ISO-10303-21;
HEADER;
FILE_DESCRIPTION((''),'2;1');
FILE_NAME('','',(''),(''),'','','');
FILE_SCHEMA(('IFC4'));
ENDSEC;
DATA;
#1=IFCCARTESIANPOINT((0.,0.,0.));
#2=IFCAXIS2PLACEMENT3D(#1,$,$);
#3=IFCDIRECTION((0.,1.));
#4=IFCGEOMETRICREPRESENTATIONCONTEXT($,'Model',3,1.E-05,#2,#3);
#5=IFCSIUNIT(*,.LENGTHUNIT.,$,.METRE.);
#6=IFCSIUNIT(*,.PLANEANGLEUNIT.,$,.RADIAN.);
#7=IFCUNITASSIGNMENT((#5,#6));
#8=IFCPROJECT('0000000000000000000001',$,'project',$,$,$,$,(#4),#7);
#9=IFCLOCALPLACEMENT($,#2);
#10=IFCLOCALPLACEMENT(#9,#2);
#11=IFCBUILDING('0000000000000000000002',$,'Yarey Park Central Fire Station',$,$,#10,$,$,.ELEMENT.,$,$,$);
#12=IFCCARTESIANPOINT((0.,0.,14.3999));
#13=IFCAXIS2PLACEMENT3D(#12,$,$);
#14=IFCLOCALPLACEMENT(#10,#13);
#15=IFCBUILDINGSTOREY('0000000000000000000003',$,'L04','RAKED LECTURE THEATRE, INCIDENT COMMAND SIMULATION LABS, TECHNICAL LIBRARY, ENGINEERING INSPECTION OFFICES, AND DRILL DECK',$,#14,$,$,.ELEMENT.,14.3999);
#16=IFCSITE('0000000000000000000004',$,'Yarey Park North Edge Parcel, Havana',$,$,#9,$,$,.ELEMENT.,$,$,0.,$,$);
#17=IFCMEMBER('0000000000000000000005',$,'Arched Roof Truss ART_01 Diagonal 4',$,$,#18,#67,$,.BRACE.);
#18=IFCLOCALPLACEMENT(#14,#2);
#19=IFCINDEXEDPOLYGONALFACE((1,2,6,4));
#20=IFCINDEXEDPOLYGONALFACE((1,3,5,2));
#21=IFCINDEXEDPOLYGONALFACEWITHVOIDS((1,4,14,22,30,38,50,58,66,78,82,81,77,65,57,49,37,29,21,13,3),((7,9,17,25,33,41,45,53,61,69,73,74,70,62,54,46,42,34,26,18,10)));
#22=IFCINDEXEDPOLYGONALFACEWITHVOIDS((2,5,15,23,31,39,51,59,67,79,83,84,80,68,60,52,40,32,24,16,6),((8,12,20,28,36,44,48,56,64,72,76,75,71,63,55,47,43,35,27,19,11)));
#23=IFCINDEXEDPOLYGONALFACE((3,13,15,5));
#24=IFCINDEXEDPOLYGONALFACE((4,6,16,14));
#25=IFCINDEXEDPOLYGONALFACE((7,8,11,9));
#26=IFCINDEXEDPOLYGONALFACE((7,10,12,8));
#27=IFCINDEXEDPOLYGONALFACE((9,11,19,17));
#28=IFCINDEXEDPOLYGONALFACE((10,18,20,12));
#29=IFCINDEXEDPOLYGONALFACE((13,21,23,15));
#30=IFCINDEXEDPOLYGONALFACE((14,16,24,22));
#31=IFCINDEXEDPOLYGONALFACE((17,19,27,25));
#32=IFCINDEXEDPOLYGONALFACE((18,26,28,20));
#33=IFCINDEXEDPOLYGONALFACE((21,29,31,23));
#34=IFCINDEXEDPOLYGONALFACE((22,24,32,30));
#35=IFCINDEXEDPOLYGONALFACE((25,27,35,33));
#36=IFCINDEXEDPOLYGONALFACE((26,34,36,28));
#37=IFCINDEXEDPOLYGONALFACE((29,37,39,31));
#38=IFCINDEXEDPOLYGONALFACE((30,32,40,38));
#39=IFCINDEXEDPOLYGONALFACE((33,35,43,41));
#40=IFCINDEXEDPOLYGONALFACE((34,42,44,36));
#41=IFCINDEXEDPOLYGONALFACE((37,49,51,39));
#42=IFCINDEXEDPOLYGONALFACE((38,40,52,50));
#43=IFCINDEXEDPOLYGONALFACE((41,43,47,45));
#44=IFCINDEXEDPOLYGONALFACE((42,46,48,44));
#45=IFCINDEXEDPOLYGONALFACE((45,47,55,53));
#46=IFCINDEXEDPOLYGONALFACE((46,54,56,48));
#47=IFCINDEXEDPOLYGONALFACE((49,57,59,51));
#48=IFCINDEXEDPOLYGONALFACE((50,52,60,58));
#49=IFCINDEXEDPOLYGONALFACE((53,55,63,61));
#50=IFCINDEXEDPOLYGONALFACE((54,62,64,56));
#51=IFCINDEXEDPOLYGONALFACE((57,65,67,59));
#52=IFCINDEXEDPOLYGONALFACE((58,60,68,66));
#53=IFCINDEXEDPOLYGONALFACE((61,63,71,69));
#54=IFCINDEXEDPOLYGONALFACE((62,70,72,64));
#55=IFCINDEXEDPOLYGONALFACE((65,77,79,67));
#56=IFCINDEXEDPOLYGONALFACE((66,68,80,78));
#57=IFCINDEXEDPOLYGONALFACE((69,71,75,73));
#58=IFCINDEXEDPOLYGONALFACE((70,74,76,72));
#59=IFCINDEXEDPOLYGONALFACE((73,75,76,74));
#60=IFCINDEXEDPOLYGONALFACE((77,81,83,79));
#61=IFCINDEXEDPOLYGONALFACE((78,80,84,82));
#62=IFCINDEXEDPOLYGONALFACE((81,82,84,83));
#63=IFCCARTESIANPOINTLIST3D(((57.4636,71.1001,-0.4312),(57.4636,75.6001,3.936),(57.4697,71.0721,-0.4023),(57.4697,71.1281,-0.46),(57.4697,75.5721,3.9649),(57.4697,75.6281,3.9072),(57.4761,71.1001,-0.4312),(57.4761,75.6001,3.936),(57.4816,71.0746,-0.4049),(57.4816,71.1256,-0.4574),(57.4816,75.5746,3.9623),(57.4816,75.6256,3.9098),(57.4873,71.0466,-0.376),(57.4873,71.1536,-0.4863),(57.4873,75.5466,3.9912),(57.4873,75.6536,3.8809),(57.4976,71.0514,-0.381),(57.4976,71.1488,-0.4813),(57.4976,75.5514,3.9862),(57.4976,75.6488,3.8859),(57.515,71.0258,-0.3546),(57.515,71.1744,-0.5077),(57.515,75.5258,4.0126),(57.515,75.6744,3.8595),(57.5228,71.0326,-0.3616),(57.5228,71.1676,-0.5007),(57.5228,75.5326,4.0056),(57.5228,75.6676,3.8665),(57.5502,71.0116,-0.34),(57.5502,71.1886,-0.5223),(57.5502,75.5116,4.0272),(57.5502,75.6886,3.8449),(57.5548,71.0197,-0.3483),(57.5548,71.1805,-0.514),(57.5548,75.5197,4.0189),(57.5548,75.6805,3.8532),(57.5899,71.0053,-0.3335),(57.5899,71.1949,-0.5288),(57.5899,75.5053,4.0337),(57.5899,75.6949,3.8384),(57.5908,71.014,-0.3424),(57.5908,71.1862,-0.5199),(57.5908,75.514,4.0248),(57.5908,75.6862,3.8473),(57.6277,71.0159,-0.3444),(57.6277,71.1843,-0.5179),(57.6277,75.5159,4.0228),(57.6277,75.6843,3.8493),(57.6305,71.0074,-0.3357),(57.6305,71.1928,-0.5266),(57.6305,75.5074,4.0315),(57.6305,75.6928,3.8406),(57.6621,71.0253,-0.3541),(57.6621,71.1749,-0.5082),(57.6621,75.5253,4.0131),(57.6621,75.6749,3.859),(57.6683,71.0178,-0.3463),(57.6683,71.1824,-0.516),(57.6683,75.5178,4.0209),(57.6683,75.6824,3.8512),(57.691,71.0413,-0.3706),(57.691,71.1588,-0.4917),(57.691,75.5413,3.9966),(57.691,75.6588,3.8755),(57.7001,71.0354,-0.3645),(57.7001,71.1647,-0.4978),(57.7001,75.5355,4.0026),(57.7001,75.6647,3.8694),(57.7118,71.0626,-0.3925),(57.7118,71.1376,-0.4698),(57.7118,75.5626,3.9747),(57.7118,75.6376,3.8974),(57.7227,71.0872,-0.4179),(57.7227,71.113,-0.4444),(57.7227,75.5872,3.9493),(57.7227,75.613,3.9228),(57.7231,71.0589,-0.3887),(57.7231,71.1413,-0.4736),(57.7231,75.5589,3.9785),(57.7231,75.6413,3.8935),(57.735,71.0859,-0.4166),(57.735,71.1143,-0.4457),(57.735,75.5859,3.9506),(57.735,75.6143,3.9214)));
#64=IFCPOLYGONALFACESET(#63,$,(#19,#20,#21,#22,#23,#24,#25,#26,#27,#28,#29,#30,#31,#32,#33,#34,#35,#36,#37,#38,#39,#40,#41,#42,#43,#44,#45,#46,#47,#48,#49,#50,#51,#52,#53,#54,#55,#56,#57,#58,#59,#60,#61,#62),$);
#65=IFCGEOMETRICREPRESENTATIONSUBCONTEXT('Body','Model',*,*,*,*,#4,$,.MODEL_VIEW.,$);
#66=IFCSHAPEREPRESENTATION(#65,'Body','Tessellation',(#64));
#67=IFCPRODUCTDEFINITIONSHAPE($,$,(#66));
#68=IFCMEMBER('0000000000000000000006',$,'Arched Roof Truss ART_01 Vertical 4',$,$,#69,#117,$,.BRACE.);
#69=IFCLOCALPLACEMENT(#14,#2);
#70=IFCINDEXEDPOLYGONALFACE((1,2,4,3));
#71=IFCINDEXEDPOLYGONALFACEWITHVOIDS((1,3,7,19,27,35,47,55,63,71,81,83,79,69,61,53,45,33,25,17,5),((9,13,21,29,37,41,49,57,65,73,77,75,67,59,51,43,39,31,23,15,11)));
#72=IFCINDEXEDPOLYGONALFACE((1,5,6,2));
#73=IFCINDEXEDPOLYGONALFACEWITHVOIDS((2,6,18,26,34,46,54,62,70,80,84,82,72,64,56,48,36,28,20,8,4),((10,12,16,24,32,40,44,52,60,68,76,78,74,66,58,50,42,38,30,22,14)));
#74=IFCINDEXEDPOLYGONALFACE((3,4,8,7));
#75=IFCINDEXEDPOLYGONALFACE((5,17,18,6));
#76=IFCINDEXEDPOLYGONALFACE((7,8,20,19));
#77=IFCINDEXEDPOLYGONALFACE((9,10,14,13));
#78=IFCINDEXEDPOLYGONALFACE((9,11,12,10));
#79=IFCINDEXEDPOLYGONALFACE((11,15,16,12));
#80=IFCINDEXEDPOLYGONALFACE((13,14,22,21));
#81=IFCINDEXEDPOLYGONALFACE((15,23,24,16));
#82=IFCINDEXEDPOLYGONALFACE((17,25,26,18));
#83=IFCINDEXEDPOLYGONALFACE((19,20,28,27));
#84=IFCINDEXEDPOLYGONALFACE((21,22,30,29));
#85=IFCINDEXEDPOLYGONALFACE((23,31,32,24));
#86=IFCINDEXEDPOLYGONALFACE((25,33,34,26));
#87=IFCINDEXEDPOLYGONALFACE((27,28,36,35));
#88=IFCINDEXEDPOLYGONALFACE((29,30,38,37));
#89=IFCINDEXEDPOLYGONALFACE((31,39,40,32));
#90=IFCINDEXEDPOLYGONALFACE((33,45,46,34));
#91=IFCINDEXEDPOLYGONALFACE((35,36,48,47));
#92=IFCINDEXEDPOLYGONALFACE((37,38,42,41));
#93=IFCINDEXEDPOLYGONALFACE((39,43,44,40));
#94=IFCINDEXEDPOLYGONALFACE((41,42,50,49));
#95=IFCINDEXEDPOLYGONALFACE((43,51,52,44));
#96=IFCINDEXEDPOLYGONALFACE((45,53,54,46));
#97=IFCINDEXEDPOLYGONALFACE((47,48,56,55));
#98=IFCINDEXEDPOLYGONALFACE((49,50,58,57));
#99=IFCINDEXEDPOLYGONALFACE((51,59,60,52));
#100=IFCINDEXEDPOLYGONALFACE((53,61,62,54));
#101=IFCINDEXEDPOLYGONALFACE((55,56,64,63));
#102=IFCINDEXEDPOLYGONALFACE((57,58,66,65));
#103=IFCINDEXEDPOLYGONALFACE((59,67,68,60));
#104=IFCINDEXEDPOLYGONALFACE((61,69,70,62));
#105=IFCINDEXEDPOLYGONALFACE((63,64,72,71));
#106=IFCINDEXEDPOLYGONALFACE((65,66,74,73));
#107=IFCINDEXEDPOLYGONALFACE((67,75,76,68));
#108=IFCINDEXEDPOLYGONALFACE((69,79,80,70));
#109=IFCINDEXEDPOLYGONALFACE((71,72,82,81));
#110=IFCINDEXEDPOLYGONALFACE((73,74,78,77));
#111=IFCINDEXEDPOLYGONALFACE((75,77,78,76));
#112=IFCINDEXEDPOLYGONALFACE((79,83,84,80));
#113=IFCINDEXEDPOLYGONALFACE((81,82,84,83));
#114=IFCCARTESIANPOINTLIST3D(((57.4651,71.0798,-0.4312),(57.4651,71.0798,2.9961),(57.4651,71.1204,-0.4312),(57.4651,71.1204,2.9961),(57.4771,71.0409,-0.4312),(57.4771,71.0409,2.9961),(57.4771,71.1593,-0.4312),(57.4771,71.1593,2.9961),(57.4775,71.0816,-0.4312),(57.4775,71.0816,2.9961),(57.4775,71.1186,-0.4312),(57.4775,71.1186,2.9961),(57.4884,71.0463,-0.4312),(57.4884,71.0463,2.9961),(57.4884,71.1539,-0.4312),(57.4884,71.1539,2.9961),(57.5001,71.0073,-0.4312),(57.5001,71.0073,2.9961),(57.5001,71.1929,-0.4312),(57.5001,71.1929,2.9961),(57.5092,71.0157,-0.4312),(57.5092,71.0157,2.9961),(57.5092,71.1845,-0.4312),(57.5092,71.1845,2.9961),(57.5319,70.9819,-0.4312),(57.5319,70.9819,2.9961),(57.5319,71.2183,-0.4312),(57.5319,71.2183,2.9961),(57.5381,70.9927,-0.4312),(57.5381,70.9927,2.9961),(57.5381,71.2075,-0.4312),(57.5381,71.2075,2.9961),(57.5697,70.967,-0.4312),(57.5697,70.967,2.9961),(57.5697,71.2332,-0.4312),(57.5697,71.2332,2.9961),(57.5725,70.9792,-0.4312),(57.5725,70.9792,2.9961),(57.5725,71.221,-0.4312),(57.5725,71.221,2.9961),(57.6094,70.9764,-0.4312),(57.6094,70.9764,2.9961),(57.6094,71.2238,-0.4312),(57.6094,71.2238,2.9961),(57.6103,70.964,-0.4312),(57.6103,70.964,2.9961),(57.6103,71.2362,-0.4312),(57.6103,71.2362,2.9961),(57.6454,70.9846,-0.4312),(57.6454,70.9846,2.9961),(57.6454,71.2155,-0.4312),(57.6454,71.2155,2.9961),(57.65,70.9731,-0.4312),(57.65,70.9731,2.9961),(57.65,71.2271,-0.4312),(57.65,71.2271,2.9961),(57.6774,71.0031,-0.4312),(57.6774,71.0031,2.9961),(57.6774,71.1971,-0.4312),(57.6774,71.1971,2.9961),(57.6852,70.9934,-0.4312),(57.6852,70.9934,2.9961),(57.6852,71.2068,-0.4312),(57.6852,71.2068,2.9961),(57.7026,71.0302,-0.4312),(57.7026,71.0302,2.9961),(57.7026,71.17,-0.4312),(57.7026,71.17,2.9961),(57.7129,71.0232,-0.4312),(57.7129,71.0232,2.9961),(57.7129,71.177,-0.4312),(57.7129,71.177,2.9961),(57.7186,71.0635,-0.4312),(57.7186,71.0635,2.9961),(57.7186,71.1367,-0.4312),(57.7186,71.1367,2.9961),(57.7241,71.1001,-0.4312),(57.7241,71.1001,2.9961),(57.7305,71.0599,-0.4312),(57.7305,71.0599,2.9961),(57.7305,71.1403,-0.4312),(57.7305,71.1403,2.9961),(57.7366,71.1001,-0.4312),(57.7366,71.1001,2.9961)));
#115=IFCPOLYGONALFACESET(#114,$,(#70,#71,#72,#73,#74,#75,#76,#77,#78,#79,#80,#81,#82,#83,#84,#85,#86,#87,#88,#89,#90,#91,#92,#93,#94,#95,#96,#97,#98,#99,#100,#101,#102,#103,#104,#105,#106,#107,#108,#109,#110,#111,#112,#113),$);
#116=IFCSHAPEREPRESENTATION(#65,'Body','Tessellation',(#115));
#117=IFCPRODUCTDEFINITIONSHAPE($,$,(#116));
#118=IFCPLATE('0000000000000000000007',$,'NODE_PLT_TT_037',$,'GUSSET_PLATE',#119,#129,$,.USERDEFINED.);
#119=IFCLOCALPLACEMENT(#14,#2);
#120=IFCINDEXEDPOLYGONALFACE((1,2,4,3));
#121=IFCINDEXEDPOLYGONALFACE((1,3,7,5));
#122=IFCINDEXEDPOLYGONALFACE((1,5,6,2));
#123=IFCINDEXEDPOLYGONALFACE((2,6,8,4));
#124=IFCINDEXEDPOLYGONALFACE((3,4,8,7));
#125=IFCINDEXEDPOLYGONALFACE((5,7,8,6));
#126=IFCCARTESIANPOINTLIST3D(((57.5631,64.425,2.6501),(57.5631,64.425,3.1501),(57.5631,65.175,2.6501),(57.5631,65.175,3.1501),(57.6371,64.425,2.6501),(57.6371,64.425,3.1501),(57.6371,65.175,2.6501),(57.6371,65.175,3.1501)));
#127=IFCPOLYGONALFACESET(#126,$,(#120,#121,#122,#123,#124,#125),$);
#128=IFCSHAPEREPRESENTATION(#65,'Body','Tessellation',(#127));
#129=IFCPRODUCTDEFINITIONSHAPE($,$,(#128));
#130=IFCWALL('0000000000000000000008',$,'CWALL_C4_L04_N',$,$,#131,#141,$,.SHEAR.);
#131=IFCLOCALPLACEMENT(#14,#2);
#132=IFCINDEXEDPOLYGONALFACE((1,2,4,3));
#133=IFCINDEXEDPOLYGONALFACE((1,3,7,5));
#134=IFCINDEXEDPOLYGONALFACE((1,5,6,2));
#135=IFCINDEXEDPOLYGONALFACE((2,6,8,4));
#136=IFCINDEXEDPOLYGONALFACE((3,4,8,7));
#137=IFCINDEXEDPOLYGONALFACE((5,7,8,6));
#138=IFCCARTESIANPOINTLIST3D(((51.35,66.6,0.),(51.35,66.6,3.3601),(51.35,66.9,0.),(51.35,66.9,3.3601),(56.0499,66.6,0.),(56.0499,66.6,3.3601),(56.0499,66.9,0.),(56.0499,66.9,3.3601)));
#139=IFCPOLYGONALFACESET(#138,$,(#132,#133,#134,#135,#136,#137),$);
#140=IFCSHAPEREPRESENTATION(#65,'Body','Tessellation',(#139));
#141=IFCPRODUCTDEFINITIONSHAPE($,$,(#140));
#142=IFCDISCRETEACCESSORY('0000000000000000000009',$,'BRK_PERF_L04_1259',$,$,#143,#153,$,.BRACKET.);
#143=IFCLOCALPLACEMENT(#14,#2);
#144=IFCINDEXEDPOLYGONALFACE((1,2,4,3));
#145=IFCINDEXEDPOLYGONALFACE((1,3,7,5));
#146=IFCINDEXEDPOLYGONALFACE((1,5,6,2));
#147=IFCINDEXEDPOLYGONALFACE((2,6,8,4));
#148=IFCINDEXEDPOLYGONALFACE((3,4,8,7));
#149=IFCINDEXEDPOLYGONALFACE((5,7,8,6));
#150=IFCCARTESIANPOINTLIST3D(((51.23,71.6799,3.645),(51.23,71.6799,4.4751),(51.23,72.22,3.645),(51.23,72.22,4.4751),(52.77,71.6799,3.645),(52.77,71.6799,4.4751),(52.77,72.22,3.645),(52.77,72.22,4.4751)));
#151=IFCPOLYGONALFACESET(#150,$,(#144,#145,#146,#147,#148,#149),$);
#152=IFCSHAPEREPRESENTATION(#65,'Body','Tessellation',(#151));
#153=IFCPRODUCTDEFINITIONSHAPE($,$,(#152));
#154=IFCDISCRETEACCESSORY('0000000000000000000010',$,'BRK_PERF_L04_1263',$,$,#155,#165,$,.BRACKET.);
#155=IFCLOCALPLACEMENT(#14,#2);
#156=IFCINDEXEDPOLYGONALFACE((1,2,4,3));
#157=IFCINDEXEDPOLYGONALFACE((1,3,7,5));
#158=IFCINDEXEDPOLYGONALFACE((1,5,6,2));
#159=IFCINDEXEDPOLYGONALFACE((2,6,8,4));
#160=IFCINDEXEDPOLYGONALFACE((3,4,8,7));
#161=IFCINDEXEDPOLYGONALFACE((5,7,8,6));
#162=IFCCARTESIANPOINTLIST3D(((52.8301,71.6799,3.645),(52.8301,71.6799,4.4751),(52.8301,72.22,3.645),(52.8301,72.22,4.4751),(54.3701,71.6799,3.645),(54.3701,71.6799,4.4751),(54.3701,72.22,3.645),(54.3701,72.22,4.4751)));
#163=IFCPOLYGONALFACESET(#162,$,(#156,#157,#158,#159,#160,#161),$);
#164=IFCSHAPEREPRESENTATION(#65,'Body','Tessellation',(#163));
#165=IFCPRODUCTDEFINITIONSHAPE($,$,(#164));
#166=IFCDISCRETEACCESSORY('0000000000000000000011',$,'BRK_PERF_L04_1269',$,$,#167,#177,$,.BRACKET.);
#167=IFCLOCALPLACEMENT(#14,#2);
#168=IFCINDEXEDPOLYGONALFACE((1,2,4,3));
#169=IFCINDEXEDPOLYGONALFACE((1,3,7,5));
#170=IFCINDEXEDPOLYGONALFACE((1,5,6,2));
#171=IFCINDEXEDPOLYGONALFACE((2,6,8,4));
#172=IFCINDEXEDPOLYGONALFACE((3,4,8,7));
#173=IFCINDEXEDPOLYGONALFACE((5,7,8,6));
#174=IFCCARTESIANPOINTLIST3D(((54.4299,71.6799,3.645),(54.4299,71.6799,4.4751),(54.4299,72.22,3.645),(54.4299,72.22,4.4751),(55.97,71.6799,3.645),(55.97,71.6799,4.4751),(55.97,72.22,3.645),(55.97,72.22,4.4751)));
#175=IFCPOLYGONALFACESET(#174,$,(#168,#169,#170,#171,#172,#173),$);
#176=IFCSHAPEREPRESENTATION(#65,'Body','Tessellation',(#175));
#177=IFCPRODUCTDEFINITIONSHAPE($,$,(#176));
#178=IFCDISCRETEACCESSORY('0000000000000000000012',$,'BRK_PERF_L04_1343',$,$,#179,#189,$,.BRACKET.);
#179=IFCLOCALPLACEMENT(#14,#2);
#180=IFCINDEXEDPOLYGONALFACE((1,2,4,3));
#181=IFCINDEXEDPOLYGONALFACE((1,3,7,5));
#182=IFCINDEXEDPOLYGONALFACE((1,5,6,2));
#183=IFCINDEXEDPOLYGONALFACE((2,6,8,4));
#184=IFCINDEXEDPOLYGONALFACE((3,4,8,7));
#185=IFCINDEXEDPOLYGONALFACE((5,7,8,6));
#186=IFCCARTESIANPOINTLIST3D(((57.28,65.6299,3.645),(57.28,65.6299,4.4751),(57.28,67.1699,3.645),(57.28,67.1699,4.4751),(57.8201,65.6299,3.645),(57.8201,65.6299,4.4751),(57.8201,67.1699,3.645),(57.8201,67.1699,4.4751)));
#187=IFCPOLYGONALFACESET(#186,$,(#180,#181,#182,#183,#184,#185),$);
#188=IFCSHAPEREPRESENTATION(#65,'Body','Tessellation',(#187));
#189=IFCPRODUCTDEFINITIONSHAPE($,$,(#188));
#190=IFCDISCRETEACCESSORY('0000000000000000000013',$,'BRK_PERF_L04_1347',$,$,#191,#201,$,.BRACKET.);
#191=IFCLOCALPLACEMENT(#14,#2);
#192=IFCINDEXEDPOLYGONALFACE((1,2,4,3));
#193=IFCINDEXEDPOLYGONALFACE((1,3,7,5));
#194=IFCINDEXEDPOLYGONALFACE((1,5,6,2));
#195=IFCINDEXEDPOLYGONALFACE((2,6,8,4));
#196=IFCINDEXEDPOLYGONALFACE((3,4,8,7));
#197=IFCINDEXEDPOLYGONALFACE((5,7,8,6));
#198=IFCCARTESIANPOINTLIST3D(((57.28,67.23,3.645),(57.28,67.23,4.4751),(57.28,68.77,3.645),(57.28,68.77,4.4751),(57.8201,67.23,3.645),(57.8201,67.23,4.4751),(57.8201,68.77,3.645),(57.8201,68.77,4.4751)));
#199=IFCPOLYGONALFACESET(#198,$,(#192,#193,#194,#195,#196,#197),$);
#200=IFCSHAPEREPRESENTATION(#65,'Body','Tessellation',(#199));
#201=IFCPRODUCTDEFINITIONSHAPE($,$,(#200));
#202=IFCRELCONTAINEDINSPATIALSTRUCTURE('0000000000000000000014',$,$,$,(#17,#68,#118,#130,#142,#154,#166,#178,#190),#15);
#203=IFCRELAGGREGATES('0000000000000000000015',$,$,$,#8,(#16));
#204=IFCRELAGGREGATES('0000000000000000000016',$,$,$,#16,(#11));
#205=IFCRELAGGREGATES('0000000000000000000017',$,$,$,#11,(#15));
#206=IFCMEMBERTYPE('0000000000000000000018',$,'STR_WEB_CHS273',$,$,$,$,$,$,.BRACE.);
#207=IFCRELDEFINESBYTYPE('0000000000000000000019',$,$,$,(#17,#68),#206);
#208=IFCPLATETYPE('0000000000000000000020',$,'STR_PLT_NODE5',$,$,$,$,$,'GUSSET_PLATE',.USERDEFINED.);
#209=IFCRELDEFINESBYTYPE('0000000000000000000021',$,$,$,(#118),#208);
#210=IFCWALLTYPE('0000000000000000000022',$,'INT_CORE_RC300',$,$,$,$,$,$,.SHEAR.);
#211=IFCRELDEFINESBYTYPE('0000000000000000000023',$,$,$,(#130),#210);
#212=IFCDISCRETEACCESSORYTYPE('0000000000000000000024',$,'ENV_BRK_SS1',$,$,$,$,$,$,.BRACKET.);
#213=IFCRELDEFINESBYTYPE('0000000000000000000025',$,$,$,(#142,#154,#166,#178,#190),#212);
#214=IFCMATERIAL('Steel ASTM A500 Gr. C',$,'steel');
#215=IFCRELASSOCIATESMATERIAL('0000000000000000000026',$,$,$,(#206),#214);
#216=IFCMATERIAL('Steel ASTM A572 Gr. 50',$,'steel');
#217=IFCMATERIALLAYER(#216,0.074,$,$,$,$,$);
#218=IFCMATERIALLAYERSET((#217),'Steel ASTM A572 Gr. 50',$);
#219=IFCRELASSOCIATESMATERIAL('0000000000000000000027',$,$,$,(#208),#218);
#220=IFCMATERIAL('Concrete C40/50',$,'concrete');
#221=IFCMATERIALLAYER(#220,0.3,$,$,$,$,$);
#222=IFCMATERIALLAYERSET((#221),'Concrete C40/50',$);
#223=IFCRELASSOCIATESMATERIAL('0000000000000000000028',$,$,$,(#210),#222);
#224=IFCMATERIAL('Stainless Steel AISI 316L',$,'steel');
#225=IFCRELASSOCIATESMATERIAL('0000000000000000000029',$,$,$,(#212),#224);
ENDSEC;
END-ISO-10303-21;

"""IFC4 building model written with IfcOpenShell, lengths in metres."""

from ifc_helpers import new_model, si_unit, direction, frame, frame_2d, origin, origin_2d, place, context, subcontext, project, spatial, rectangle, hollow_circle, extrude, material, layer, layer_set, material_profile, profile_set, type_object, element, save


model = new_model("IFC4")

# Units and contexts
model_context = context("Model", 3, precision=1e-05, world=origin(), true_north=direction((0.0, 1.0)))
body_context = subcontext(model_context, "Body", "Model", "MODEL_VIEW")
ifc_project = project(units=[si_unit("LENGTHUNIT", "METRE"), si_unit("PLANEANGLEUNIT", "RADIAN")], contexts=[model_context])

# Site, building, storey
site_placement = place(None, origin())
site = spatial("IfcSite", under=ifc_project, at=site_placement, Name="Yarey Park North Edge Parcel, Havana", CompositionType="ELEMENT", RefElevation=0.0)
building_placement = place(site_placement, origin())
building = spatial("IfcBuilding", under=site, at=building_placement, Name="Yarey Park Central Fire Station", CompositionType="ELEMENT")
storey_placement = place(building_placement, frame((0.0, 0.0, 14.3999)))
storey = spatial("IfcBuildingStorey", under=building, at=storey_placement, Name="L04", Description="RAKED LECTURE THEATRE, INCIDENT COMMAND SIMULATION LABS, TECHNICAL LIBRARY, ENGINEERING INSPECTION OFFICES, AND DRILL DECK", CompositionType="ELEMENT", Elevation=14.3999)

# Members
ifc_material_1 = material(Name="Steel ASTM A500 Gr. C", Category="steel")
ifc_material_profile_1 = material_profile(ifc_material_1, hollow_circle(Radius=0.1365, WallThickness=0.0125, at=origin_2d()), Name="CHS 273x12.5")
ifc_profile_set_1 = profile_set([ifc_material_profile_1], Name="Steel ASTM A500 Gr. C")
member_type_1 = type_object("IfcMemberType", Name="STR_WEB_CHS273", PredefinedType="BRACE", material=ifc_profile_set_1)
member_1_placement = place(storey_placement, frame((57.6001, 71.1001, -0.4312), z_axis=(0.0, 0.717617, 0.696438), x_axis=(-1.0, 0.0, 0.0)))
element("IfcMember", 1, at=member_1_placement, inside=storey, type_object=member_type_1, Name="Arched Roof Truss ART_01 Diagonal 4", PredefinedType="BRACE", context=body_context, shape_type="SweptSolid", body=[
    extrude(hollow_circle(Radius=0.1365, WallThickness=0.0125, at=origin_2d()), origin(), (0.0, 0.0, 1.0), 6.2708),
])
member_2_placement = place(storey_placement, frame((57.6001, 71.1001, -0.4312), z_axis=(0.0, 0.0, 1.0), x_axis=(1.0, 0.0, 0.0)))
element("IfcMember", 2, at=member_2_placement, inside=storey, type_object=member_type_1, Name="Arched Roof Truss ART_01 Vertical 4", PredefinedType="BRACE", context=body_context, shape_type="SweptSolid", body=[
    extrude(hollow_circle(Radius=0.1365, WallThickness=0.0125, at=origin_2d()), origin(), (0.0, 0.0, 1.0), 3.4272),
])

# Plate
ifc_material_2 = material(Name="Steel ASTM A572 Gr. 50", Category="steel")
ifc_layer_1 = layer(ifc_material_2, 0.074)
ifc_layer_set_1 = layer_set([ifc_layer_1], Name="Steel ASTM A572 Gr. 50")
plate_type = type_object("IfcPlateType", Name="STR_PLT_NODE5", ElementType="GUSSET_PLATE", PredefinedType="USERDEFINED", material=ifc_layer_set_1)
plate_placement = place(storey_placement, frame((57.6001, 64.8, 2.6501), z_axis=(0.0, 0.0, 1.0), x_axis=(1.0, 0.0, 0.0)))
element("IfcPlate", 3, at=plate_placement, inside=storey, type_object=plate_type, Name="NODE_PLT_TT_037", ObjectType="GUSSET_PLATE", PredefinedType="USERDEFINED", context=body_context, shape_type="SweptSolid", body=[
    extrude(rectangle(XDim=0.074, YDim=0.75, at=origin_2d()), origin(), (0.0, 0.0, 1.0), 0.5),
])

# Wall
ifc_material_3 = material(Name="Concrete C40/50", Category="concrete")
ifc_layer_2 = layer(ifc_material_3, 0.3)
ifc_layer_set_2 = layer_set([ifc_layer_2], Name="Concrete C40/50")
wall_type = type_object("IfcWallType", Name="INT_CORE_RC300", PredefinedType="SHEAR", material=ifc_layer_set_2)
wall_placement = place(storey_placement, frame((56.05, 66.75, 0.0), z_axis=(0.0, 0.0, 1.0), x_axis=(-1.0, 0.0, 0.0)))
element("IfcWall", 4, at=wall_placement, inside=storey, type_object=wall_type, Name="CWALL_C4_L04_N", PredefinedType="SHEAR", context=body_context, shape_type="SweptSolid", body=[
    extrude(rectangle(XDim=4.7, YDim=0.3, at=frame_2d((2.3501, 0.0))), origin(), (0.0, 0.0, 1.0), 3.3601),
])

# Discrete accessories
ifc_material_4 = material(Name="Stainless Steel AISI 316L", Category="steel")
discrete_accessory_type = type_object("IfcDiscreteAccessoryType", Name="ENV_BRK_SS1", PredefinedType="BRACKET", material=ifc_material_4)
for number, where, z_axis, x_axis, name in (
    (5, (52.0, 71.95, 3.645), (0.0, 0.0, 1.0), (1.0, 0.0, 0.0), "BRK_PERF_L04_1259"),
    (6, (53.6001, 71.95, 3.645), (0.0, 0.0, 1.0), (1.0, 0.0, 0.0), "BRK_PERF_L04_1263"),
    (7, (55.2, 71.95, 3.645), (0.0, 0.0, 1.0), (1.0, 0.0, 0.0), "BRK_PERF_L04_1269"),
):
    element("IfcDiscreteAccessory", number, at=place(storey_placement, frame(where, z_axis=z_axis, x_axis=x_axis)), inside=storey, type_object=discrete_accessory_type, Name=name, PredefinedType="BRACKET", context=body_context, shape_type="SweptSolid", body=[
        extrude(rectangle(XDim=1.54, YDim=0.54, at=origin_2d()), origin(), (0.0, 0.0, 1.0), 0.8301),
    ])
for number, where, z_axis, x_axis, name in (
    (8, (57.55, 66.3999, 3.645), (0.0, 0.0, 1.0), (1.0, 0.0, 0.0), "BRK_PERF_L04_1343"),
    (9, (57.55, 68.0, 3.645), (0.0, 0.0, 1.0), (1.0, 0.0, 0.0), "BRK_PERF_L04_1347"),
):
    element("IfcDiscreteAccessory", number, at=place(storey_placement, frame(where, z_axis=z_axis, x_axis=x_axis)), inside=storey, type_object=discrete_accessory_type, Name=name, PredefinedType="BRACKET", context=body_context, shape_type="SweptSolid", body=[
        extrude(rectangle(XDim=0.54, YDim=1.54, at=origin_2d()), origin(), (0.0, 0.0, 1.0), 0.8301),
    ])

save(model, "model.ifc")
